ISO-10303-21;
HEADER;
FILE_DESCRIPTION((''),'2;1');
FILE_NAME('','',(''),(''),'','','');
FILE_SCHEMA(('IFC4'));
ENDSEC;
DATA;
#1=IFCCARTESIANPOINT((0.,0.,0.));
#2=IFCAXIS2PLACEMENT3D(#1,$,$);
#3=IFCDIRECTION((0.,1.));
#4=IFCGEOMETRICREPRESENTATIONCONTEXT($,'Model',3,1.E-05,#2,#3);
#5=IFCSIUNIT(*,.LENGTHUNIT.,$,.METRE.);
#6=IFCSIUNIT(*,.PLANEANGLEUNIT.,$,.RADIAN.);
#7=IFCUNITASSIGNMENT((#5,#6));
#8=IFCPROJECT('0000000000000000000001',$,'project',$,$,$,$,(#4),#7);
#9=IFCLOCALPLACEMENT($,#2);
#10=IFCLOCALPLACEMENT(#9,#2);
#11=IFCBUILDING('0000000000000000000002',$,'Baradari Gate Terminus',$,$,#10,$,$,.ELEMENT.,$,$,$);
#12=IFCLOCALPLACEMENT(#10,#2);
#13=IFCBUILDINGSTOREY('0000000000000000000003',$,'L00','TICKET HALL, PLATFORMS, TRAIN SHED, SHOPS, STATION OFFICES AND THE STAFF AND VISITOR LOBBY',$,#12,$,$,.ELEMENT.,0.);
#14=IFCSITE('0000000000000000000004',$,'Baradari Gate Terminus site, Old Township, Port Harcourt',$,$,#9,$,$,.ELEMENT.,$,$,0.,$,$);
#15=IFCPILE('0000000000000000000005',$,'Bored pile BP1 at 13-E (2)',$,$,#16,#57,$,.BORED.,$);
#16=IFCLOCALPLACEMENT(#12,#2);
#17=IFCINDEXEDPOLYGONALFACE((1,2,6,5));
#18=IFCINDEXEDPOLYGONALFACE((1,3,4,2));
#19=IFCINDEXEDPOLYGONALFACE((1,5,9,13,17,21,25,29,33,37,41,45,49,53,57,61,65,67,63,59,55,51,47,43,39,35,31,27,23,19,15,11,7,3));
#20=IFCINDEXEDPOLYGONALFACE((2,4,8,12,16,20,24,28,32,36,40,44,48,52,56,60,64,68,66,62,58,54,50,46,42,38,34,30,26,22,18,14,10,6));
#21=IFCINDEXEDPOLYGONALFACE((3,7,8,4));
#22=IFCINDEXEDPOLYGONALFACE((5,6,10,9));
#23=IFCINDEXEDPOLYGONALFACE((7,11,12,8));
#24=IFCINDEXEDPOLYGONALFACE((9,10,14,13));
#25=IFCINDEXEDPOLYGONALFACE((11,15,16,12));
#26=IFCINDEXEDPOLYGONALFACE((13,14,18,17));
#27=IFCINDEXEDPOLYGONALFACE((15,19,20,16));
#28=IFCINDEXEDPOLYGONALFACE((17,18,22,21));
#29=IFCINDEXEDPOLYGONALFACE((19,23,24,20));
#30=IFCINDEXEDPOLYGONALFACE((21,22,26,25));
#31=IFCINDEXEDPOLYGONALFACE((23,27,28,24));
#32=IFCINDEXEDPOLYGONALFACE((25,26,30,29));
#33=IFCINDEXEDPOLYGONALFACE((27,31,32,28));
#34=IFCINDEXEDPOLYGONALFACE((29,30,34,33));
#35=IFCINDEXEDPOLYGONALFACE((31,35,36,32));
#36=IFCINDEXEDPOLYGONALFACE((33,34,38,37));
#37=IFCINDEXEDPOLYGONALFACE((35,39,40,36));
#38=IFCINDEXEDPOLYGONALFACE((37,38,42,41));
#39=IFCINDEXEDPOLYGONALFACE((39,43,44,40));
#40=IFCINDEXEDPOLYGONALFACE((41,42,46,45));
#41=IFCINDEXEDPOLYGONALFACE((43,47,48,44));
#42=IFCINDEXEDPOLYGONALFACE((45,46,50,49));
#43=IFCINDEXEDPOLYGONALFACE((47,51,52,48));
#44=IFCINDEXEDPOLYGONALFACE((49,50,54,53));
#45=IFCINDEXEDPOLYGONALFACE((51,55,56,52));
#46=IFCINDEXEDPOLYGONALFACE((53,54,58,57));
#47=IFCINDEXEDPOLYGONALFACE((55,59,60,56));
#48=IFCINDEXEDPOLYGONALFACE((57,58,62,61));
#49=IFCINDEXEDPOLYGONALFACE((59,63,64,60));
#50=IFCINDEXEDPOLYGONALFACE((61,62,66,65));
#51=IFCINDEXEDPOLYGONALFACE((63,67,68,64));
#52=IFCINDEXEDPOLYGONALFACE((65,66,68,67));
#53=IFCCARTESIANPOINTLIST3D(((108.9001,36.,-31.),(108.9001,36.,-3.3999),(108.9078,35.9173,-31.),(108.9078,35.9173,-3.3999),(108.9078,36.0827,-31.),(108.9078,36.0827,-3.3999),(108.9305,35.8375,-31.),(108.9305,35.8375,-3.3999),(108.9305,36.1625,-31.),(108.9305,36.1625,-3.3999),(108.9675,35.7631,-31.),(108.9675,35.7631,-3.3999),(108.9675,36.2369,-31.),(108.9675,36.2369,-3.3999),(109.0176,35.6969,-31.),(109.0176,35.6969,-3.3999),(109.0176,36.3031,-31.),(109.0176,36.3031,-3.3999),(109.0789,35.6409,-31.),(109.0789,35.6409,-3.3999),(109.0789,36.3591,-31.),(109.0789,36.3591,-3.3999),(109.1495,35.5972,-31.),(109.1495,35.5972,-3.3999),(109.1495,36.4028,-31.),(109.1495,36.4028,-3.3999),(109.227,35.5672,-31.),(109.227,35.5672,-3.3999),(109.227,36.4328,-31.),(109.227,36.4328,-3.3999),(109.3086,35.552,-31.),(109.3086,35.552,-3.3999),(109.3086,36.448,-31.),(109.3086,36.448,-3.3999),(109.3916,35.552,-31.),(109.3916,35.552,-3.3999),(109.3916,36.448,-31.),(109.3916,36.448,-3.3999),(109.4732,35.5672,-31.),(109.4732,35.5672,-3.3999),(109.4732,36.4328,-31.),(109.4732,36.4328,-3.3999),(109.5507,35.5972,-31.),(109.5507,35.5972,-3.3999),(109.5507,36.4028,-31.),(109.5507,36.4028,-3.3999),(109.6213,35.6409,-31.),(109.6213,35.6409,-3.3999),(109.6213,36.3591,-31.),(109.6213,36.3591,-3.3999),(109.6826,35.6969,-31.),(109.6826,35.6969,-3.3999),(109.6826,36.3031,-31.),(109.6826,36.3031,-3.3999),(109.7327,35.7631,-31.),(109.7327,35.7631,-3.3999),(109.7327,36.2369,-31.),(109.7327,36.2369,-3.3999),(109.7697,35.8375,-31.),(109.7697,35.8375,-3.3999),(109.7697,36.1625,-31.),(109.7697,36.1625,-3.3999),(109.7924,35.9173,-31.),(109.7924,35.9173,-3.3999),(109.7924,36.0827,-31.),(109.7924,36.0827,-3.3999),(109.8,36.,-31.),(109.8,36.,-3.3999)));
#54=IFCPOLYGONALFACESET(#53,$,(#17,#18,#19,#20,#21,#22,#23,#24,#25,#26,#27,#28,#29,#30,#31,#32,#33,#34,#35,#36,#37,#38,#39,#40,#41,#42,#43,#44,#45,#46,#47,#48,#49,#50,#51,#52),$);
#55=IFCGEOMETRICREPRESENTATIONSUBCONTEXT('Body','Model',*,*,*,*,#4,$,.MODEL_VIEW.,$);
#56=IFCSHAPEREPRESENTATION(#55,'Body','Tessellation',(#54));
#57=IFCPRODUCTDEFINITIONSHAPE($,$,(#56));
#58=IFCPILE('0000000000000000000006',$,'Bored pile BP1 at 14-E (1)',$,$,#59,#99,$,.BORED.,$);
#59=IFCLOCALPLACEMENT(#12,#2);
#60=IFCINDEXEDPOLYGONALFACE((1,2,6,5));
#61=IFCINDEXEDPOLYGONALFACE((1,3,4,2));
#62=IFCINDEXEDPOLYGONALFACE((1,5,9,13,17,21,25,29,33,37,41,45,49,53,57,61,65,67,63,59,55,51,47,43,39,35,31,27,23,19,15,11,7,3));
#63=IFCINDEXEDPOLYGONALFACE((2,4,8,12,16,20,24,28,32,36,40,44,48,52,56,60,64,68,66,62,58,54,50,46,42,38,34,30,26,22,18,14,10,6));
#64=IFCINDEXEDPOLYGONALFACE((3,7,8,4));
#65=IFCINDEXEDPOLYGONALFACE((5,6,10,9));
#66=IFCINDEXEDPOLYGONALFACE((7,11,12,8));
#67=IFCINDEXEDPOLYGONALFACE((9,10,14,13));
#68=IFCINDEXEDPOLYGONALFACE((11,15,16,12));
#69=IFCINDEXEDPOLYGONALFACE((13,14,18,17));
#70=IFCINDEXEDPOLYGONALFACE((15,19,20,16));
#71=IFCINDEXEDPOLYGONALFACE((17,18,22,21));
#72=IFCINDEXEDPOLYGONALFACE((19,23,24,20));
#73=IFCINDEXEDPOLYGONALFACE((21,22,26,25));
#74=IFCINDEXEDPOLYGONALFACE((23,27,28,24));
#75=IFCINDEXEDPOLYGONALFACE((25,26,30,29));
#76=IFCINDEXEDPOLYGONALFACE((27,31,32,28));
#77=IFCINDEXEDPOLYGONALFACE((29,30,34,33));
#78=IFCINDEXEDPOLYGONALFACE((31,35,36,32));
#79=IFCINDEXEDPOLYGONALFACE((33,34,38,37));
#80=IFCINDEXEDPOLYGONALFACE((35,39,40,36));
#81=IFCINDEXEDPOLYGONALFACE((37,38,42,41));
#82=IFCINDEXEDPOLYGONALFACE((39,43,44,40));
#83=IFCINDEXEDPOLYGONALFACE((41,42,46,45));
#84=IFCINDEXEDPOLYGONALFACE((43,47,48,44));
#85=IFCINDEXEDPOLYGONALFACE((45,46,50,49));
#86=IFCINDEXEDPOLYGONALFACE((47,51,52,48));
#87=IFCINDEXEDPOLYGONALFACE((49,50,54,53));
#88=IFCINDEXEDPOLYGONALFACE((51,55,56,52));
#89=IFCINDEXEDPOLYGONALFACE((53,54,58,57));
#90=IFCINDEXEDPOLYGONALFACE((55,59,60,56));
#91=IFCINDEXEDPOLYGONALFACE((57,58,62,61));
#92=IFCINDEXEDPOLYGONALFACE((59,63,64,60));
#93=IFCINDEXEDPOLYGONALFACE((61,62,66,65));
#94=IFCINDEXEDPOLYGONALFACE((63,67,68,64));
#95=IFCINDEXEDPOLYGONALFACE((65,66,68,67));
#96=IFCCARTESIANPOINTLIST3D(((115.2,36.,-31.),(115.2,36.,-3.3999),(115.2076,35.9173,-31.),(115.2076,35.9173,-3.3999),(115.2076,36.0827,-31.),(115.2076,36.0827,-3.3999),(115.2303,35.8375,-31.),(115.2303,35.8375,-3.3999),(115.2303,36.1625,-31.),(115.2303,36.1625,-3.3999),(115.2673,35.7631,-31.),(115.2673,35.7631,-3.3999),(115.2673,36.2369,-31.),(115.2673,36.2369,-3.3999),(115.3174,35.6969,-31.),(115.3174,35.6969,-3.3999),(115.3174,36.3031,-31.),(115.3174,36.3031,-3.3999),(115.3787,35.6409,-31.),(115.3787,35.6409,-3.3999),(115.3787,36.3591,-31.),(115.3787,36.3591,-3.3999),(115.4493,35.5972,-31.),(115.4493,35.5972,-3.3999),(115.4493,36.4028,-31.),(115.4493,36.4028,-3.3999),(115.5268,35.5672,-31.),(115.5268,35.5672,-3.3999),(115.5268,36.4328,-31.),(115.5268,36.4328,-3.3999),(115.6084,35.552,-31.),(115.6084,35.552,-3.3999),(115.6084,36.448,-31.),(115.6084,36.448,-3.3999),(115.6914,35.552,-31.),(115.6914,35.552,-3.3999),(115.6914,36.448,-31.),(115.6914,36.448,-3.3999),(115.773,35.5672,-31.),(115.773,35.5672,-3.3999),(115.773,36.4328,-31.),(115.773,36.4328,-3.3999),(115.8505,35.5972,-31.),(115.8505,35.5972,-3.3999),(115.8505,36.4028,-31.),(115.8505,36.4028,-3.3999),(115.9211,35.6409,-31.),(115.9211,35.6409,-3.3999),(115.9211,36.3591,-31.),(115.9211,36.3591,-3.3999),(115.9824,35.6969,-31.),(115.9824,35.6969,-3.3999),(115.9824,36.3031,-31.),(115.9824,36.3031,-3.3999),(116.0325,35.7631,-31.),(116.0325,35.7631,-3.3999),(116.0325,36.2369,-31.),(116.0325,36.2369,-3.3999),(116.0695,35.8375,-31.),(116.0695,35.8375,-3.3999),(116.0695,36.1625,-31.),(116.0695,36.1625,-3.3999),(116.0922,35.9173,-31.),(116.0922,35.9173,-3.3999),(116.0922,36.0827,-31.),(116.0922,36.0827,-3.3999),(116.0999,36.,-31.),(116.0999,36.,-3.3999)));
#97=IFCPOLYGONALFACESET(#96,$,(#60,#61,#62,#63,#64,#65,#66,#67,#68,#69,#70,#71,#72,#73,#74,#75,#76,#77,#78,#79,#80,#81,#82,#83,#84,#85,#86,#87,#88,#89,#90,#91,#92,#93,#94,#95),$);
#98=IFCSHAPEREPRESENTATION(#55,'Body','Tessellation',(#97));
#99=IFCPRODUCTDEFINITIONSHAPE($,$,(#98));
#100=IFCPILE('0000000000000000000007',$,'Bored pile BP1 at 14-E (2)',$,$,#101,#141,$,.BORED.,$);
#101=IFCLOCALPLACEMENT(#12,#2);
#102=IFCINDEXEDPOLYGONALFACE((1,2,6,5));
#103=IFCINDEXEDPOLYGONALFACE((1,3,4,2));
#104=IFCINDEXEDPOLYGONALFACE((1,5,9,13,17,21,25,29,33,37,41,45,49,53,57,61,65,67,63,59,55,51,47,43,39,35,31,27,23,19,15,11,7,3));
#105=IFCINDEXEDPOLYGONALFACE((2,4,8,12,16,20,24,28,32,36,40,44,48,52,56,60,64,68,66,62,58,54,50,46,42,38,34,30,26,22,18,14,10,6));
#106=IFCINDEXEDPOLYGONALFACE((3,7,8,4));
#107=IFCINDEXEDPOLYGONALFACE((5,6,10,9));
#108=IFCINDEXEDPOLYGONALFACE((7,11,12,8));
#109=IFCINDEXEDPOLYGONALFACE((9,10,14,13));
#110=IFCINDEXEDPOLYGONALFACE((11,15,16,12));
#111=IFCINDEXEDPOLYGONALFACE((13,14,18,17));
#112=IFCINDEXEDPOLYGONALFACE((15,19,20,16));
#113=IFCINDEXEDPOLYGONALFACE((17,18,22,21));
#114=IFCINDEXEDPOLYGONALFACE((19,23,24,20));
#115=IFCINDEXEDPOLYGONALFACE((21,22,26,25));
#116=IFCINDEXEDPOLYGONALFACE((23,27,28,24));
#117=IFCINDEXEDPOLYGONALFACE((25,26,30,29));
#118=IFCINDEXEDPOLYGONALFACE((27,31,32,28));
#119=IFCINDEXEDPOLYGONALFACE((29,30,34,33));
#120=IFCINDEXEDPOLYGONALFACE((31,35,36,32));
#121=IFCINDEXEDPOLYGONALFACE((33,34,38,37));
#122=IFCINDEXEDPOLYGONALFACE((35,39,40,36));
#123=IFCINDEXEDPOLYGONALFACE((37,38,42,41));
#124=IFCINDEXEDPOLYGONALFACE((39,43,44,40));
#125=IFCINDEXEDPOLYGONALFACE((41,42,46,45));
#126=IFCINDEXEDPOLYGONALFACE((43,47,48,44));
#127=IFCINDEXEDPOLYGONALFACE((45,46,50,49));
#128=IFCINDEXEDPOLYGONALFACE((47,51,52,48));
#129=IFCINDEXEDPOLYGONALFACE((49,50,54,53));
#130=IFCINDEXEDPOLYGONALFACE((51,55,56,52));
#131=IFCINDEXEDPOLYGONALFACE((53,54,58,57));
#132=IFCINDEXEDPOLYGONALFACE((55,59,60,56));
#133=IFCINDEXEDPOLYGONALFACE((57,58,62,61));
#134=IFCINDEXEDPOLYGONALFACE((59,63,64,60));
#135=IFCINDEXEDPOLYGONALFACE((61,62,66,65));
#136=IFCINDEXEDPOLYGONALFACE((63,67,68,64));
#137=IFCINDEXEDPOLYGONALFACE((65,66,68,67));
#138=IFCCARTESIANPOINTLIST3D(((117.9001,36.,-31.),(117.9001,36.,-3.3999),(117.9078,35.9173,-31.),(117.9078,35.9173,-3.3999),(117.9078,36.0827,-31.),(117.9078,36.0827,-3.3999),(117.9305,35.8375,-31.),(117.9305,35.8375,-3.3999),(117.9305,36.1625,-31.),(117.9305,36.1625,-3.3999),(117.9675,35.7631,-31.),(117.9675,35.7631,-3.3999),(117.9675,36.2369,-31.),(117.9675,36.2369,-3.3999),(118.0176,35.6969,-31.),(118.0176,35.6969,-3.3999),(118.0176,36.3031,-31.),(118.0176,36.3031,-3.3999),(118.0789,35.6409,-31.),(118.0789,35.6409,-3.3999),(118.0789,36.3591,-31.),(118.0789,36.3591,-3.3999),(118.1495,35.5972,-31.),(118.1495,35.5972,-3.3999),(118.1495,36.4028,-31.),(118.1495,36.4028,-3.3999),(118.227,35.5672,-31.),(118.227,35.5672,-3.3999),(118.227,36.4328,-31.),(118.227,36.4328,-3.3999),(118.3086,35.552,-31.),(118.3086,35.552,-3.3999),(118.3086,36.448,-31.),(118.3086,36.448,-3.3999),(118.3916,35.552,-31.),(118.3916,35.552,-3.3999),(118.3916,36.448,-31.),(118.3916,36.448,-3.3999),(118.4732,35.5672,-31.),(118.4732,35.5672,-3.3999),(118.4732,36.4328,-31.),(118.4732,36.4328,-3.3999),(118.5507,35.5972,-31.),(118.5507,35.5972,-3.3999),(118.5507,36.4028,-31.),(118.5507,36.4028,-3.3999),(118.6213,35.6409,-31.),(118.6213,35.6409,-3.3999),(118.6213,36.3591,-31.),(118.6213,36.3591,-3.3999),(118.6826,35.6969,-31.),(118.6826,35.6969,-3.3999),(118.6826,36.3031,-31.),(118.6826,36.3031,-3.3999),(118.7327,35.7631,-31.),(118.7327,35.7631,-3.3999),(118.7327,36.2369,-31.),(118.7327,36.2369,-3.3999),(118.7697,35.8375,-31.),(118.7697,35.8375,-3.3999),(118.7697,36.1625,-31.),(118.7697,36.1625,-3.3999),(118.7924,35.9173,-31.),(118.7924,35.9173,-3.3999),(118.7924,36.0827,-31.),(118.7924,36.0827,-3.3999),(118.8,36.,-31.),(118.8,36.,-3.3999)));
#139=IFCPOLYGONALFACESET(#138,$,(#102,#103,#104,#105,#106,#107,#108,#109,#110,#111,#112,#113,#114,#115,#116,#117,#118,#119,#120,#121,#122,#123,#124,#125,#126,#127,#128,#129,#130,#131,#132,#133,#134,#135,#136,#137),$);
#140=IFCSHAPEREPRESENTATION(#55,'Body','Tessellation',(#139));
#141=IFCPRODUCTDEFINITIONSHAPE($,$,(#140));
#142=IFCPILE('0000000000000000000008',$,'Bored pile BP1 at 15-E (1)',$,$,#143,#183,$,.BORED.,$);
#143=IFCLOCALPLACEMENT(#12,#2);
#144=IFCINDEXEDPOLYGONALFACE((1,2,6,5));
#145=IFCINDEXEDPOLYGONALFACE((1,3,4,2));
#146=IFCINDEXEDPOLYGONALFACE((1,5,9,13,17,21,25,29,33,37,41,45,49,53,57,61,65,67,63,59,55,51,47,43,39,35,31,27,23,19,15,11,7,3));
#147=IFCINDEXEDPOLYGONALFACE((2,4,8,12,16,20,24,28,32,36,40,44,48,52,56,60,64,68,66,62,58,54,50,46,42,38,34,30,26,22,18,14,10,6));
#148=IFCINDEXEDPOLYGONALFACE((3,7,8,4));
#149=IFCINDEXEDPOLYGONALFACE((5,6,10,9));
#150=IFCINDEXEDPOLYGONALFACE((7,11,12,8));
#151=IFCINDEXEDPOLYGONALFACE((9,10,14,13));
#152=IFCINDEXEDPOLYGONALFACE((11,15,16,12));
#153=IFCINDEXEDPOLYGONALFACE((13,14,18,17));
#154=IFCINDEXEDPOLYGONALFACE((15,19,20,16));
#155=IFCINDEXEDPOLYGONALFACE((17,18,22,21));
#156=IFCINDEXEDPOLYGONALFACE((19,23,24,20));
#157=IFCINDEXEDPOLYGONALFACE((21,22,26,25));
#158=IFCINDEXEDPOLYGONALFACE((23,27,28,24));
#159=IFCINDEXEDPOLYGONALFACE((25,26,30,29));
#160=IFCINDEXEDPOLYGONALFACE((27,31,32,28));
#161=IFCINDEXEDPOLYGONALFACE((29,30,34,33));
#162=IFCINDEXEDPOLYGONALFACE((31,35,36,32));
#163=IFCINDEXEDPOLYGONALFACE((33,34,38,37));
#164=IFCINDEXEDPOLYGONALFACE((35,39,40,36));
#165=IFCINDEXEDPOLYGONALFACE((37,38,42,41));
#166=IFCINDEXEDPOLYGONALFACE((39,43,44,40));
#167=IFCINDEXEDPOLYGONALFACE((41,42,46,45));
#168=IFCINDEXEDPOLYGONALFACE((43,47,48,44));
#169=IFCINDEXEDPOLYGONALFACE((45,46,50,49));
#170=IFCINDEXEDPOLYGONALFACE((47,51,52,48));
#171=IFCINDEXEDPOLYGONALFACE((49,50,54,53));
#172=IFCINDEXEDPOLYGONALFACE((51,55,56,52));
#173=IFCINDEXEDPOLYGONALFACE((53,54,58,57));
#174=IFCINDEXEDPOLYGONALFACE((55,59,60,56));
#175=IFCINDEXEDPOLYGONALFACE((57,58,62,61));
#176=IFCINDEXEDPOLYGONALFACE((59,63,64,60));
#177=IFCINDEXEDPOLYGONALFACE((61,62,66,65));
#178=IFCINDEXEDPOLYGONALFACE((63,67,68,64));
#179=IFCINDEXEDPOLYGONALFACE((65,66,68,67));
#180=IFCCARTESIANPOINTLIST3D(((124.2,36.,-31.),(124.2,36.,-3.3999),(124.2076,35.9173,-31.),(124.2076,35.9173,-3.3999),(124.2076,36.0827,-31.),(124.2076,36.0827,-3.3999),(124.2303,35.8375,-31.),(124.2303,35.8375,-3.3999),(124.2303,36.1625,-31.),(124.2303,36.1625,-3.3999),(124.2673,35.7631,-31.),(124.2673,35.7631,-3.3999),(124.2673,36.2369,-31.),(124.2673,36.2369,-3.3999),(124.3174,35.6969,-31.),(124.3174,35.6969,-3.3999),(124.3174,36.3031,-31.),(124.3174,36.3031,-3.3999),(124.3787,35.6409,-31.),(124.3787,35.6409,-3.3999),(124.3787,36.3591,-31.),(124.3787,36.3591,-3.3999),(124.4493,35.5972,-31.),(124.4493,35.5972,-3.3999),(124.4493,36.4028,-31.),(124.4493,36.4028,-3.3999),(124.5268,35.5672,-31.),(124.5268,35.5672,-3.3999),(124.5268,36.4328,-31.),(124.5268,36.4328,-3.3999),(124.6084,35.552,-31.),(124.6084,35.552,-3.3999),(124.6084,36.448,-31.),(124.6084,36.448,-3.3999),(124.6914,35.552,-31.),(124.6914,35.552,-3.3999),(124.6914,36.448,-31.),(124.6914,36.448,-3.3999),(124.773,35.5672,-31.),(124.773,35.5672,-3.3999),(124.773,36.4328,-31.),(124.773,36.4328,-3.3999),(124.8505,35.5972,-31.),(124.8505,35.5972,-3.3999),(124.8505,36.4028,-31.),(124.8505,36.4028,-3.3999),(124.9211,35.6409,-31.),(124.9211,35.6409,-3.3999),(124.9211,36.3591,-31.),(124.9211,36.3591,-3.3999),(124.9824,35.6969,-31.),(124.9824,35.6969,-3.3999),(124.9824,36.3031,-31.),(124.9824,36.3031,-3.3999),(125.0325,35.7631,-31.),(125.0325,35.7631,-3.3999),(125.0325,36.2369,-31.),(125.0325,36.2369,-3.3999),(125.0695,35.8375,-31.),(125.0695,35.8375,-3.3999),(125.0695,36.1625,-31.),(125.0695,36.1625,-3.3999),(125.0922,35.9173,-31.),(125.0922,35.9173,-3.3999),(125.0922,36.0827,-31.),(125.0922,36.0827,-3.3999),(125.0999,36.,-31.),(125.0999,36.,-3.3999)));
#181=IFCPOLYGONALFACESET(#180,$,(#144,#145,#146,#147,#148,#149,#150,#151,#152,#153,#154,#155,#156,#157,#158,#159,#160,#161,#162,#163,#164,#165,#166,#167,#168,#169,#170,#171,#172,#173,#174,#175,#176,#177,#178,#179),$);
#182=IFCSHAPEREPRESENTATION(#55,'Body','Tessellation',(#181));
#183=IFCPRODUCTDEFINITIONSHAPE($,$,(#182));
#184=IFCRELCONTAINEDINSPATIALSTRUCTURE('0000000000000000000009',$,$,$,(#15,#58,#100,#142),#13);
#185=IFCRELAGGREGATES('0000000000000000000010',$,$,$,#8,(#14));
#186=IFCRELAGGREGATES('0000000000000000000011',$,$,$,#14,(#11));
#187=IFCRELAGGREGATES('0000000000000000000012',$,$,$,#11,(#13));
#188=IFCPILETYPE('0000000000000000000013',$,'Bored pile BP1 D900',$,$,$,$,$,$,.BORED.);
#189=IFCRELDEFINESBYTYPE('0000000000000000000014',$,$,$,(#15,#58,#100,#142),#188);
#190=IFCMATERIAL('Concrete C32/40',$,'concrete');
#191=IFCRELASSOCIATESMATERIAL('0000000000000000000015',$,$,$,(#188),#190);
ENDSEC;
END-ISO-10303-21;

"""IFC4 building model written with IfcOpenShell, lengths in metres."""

from ifc_helpers import new_model, si_unit, direction, frame, origin, origin_2d, place, context, subcontext, project, spatial, circle, extrude, material, type_object, element, save


model = new_model("IFC4")

# Units and contexts
model_context = context("Model", 3, precision=1e-05, world=origin(), true_north=direction((0.0, 1.0)))
body_context = subcontext(model_context, "Body", "Model", "MODEL_VIEW")
ifc_project = project(units=[si_unit("LENGTHUNIT", "METRE"), si_unit("PLANEANGLEUNIT", "RADIAN")], contexts=[model_context])

# Site, building, storey
site_placement = place(None, origin())
site = spatial("IfcSite", under=ifc_project, at=site_placement, Name="Baradari Gate Terminus site, Old Township, Port Harcourt", CompositionType="ELEMENT", RefElevation=0.0)
building_placement = place(site_placement, origin())
building = spatial("IfcBuilding", under=site, at=building_placement, Name="Baradari Gate Terminus", CompositionType="ELEMENT")
storey_placement = place(building_placement, origin())
storey = spatial("IfcBuildingStorey", under=building, at=storey_placement, Name="L00", Description="TICKET HALL, PLATFORMS, TRAIN SHED, SHOPS, STATION OFFICES AND THE STAFF AND VISITOR LOBBY", CompositionType="ELEMENT", Elevation=0.0)

# Piles
ifc_material_1 = material(Name="Concrete C32/40", Category="concrete")
pile_type_1 = type_object("IfcPileType", Name="Bored pile BP1 D900", PredefinedType="BORED", material=ifc_material_1)
for number, where, z_axis, x_axis, name in (
    (1, (109.3501, 36.0, -3.3999), (0.0, 0.0, -1.0), (1.0, 0.0, 0.0), "Bored pile BP1 at 13-E (2)"),
    (2, (115.6499, 36.0, -3.3999), (0.0, 0.0, -1.0), (1.0, 0.0, 0.0), "Bored pile BP1 at 14-E (1)"),
    (3, (118.3501, 36.0, -3.3999), (0.0, 0.0, -1.0), (1.0, 0.0, 0.0), "Bored pile BP1 at 14-E (2)"),
    (4, (124.6499, 36.0, -3.3999), (0.0, 0.0, -1.0), (1.0, 0.0, 0.0), "Bored pile BP1 at 15-E (1)"),
):
    element("IfcPile", number, at=place(storey_placement, frame(where, z_axis=z_axis, x_axis=x_axis)), inside=storey, type_object=pile_type_1, Name=name, PredefinedType="BORED", context=body_context, shape_type="SweptSolid", body=[
        extrude(circle(Radius=0.45, at=origin_2d()), origin(), (0.0, 0.0, 1.0), 27.6001),
    ])

save(model, "model.ifc")
